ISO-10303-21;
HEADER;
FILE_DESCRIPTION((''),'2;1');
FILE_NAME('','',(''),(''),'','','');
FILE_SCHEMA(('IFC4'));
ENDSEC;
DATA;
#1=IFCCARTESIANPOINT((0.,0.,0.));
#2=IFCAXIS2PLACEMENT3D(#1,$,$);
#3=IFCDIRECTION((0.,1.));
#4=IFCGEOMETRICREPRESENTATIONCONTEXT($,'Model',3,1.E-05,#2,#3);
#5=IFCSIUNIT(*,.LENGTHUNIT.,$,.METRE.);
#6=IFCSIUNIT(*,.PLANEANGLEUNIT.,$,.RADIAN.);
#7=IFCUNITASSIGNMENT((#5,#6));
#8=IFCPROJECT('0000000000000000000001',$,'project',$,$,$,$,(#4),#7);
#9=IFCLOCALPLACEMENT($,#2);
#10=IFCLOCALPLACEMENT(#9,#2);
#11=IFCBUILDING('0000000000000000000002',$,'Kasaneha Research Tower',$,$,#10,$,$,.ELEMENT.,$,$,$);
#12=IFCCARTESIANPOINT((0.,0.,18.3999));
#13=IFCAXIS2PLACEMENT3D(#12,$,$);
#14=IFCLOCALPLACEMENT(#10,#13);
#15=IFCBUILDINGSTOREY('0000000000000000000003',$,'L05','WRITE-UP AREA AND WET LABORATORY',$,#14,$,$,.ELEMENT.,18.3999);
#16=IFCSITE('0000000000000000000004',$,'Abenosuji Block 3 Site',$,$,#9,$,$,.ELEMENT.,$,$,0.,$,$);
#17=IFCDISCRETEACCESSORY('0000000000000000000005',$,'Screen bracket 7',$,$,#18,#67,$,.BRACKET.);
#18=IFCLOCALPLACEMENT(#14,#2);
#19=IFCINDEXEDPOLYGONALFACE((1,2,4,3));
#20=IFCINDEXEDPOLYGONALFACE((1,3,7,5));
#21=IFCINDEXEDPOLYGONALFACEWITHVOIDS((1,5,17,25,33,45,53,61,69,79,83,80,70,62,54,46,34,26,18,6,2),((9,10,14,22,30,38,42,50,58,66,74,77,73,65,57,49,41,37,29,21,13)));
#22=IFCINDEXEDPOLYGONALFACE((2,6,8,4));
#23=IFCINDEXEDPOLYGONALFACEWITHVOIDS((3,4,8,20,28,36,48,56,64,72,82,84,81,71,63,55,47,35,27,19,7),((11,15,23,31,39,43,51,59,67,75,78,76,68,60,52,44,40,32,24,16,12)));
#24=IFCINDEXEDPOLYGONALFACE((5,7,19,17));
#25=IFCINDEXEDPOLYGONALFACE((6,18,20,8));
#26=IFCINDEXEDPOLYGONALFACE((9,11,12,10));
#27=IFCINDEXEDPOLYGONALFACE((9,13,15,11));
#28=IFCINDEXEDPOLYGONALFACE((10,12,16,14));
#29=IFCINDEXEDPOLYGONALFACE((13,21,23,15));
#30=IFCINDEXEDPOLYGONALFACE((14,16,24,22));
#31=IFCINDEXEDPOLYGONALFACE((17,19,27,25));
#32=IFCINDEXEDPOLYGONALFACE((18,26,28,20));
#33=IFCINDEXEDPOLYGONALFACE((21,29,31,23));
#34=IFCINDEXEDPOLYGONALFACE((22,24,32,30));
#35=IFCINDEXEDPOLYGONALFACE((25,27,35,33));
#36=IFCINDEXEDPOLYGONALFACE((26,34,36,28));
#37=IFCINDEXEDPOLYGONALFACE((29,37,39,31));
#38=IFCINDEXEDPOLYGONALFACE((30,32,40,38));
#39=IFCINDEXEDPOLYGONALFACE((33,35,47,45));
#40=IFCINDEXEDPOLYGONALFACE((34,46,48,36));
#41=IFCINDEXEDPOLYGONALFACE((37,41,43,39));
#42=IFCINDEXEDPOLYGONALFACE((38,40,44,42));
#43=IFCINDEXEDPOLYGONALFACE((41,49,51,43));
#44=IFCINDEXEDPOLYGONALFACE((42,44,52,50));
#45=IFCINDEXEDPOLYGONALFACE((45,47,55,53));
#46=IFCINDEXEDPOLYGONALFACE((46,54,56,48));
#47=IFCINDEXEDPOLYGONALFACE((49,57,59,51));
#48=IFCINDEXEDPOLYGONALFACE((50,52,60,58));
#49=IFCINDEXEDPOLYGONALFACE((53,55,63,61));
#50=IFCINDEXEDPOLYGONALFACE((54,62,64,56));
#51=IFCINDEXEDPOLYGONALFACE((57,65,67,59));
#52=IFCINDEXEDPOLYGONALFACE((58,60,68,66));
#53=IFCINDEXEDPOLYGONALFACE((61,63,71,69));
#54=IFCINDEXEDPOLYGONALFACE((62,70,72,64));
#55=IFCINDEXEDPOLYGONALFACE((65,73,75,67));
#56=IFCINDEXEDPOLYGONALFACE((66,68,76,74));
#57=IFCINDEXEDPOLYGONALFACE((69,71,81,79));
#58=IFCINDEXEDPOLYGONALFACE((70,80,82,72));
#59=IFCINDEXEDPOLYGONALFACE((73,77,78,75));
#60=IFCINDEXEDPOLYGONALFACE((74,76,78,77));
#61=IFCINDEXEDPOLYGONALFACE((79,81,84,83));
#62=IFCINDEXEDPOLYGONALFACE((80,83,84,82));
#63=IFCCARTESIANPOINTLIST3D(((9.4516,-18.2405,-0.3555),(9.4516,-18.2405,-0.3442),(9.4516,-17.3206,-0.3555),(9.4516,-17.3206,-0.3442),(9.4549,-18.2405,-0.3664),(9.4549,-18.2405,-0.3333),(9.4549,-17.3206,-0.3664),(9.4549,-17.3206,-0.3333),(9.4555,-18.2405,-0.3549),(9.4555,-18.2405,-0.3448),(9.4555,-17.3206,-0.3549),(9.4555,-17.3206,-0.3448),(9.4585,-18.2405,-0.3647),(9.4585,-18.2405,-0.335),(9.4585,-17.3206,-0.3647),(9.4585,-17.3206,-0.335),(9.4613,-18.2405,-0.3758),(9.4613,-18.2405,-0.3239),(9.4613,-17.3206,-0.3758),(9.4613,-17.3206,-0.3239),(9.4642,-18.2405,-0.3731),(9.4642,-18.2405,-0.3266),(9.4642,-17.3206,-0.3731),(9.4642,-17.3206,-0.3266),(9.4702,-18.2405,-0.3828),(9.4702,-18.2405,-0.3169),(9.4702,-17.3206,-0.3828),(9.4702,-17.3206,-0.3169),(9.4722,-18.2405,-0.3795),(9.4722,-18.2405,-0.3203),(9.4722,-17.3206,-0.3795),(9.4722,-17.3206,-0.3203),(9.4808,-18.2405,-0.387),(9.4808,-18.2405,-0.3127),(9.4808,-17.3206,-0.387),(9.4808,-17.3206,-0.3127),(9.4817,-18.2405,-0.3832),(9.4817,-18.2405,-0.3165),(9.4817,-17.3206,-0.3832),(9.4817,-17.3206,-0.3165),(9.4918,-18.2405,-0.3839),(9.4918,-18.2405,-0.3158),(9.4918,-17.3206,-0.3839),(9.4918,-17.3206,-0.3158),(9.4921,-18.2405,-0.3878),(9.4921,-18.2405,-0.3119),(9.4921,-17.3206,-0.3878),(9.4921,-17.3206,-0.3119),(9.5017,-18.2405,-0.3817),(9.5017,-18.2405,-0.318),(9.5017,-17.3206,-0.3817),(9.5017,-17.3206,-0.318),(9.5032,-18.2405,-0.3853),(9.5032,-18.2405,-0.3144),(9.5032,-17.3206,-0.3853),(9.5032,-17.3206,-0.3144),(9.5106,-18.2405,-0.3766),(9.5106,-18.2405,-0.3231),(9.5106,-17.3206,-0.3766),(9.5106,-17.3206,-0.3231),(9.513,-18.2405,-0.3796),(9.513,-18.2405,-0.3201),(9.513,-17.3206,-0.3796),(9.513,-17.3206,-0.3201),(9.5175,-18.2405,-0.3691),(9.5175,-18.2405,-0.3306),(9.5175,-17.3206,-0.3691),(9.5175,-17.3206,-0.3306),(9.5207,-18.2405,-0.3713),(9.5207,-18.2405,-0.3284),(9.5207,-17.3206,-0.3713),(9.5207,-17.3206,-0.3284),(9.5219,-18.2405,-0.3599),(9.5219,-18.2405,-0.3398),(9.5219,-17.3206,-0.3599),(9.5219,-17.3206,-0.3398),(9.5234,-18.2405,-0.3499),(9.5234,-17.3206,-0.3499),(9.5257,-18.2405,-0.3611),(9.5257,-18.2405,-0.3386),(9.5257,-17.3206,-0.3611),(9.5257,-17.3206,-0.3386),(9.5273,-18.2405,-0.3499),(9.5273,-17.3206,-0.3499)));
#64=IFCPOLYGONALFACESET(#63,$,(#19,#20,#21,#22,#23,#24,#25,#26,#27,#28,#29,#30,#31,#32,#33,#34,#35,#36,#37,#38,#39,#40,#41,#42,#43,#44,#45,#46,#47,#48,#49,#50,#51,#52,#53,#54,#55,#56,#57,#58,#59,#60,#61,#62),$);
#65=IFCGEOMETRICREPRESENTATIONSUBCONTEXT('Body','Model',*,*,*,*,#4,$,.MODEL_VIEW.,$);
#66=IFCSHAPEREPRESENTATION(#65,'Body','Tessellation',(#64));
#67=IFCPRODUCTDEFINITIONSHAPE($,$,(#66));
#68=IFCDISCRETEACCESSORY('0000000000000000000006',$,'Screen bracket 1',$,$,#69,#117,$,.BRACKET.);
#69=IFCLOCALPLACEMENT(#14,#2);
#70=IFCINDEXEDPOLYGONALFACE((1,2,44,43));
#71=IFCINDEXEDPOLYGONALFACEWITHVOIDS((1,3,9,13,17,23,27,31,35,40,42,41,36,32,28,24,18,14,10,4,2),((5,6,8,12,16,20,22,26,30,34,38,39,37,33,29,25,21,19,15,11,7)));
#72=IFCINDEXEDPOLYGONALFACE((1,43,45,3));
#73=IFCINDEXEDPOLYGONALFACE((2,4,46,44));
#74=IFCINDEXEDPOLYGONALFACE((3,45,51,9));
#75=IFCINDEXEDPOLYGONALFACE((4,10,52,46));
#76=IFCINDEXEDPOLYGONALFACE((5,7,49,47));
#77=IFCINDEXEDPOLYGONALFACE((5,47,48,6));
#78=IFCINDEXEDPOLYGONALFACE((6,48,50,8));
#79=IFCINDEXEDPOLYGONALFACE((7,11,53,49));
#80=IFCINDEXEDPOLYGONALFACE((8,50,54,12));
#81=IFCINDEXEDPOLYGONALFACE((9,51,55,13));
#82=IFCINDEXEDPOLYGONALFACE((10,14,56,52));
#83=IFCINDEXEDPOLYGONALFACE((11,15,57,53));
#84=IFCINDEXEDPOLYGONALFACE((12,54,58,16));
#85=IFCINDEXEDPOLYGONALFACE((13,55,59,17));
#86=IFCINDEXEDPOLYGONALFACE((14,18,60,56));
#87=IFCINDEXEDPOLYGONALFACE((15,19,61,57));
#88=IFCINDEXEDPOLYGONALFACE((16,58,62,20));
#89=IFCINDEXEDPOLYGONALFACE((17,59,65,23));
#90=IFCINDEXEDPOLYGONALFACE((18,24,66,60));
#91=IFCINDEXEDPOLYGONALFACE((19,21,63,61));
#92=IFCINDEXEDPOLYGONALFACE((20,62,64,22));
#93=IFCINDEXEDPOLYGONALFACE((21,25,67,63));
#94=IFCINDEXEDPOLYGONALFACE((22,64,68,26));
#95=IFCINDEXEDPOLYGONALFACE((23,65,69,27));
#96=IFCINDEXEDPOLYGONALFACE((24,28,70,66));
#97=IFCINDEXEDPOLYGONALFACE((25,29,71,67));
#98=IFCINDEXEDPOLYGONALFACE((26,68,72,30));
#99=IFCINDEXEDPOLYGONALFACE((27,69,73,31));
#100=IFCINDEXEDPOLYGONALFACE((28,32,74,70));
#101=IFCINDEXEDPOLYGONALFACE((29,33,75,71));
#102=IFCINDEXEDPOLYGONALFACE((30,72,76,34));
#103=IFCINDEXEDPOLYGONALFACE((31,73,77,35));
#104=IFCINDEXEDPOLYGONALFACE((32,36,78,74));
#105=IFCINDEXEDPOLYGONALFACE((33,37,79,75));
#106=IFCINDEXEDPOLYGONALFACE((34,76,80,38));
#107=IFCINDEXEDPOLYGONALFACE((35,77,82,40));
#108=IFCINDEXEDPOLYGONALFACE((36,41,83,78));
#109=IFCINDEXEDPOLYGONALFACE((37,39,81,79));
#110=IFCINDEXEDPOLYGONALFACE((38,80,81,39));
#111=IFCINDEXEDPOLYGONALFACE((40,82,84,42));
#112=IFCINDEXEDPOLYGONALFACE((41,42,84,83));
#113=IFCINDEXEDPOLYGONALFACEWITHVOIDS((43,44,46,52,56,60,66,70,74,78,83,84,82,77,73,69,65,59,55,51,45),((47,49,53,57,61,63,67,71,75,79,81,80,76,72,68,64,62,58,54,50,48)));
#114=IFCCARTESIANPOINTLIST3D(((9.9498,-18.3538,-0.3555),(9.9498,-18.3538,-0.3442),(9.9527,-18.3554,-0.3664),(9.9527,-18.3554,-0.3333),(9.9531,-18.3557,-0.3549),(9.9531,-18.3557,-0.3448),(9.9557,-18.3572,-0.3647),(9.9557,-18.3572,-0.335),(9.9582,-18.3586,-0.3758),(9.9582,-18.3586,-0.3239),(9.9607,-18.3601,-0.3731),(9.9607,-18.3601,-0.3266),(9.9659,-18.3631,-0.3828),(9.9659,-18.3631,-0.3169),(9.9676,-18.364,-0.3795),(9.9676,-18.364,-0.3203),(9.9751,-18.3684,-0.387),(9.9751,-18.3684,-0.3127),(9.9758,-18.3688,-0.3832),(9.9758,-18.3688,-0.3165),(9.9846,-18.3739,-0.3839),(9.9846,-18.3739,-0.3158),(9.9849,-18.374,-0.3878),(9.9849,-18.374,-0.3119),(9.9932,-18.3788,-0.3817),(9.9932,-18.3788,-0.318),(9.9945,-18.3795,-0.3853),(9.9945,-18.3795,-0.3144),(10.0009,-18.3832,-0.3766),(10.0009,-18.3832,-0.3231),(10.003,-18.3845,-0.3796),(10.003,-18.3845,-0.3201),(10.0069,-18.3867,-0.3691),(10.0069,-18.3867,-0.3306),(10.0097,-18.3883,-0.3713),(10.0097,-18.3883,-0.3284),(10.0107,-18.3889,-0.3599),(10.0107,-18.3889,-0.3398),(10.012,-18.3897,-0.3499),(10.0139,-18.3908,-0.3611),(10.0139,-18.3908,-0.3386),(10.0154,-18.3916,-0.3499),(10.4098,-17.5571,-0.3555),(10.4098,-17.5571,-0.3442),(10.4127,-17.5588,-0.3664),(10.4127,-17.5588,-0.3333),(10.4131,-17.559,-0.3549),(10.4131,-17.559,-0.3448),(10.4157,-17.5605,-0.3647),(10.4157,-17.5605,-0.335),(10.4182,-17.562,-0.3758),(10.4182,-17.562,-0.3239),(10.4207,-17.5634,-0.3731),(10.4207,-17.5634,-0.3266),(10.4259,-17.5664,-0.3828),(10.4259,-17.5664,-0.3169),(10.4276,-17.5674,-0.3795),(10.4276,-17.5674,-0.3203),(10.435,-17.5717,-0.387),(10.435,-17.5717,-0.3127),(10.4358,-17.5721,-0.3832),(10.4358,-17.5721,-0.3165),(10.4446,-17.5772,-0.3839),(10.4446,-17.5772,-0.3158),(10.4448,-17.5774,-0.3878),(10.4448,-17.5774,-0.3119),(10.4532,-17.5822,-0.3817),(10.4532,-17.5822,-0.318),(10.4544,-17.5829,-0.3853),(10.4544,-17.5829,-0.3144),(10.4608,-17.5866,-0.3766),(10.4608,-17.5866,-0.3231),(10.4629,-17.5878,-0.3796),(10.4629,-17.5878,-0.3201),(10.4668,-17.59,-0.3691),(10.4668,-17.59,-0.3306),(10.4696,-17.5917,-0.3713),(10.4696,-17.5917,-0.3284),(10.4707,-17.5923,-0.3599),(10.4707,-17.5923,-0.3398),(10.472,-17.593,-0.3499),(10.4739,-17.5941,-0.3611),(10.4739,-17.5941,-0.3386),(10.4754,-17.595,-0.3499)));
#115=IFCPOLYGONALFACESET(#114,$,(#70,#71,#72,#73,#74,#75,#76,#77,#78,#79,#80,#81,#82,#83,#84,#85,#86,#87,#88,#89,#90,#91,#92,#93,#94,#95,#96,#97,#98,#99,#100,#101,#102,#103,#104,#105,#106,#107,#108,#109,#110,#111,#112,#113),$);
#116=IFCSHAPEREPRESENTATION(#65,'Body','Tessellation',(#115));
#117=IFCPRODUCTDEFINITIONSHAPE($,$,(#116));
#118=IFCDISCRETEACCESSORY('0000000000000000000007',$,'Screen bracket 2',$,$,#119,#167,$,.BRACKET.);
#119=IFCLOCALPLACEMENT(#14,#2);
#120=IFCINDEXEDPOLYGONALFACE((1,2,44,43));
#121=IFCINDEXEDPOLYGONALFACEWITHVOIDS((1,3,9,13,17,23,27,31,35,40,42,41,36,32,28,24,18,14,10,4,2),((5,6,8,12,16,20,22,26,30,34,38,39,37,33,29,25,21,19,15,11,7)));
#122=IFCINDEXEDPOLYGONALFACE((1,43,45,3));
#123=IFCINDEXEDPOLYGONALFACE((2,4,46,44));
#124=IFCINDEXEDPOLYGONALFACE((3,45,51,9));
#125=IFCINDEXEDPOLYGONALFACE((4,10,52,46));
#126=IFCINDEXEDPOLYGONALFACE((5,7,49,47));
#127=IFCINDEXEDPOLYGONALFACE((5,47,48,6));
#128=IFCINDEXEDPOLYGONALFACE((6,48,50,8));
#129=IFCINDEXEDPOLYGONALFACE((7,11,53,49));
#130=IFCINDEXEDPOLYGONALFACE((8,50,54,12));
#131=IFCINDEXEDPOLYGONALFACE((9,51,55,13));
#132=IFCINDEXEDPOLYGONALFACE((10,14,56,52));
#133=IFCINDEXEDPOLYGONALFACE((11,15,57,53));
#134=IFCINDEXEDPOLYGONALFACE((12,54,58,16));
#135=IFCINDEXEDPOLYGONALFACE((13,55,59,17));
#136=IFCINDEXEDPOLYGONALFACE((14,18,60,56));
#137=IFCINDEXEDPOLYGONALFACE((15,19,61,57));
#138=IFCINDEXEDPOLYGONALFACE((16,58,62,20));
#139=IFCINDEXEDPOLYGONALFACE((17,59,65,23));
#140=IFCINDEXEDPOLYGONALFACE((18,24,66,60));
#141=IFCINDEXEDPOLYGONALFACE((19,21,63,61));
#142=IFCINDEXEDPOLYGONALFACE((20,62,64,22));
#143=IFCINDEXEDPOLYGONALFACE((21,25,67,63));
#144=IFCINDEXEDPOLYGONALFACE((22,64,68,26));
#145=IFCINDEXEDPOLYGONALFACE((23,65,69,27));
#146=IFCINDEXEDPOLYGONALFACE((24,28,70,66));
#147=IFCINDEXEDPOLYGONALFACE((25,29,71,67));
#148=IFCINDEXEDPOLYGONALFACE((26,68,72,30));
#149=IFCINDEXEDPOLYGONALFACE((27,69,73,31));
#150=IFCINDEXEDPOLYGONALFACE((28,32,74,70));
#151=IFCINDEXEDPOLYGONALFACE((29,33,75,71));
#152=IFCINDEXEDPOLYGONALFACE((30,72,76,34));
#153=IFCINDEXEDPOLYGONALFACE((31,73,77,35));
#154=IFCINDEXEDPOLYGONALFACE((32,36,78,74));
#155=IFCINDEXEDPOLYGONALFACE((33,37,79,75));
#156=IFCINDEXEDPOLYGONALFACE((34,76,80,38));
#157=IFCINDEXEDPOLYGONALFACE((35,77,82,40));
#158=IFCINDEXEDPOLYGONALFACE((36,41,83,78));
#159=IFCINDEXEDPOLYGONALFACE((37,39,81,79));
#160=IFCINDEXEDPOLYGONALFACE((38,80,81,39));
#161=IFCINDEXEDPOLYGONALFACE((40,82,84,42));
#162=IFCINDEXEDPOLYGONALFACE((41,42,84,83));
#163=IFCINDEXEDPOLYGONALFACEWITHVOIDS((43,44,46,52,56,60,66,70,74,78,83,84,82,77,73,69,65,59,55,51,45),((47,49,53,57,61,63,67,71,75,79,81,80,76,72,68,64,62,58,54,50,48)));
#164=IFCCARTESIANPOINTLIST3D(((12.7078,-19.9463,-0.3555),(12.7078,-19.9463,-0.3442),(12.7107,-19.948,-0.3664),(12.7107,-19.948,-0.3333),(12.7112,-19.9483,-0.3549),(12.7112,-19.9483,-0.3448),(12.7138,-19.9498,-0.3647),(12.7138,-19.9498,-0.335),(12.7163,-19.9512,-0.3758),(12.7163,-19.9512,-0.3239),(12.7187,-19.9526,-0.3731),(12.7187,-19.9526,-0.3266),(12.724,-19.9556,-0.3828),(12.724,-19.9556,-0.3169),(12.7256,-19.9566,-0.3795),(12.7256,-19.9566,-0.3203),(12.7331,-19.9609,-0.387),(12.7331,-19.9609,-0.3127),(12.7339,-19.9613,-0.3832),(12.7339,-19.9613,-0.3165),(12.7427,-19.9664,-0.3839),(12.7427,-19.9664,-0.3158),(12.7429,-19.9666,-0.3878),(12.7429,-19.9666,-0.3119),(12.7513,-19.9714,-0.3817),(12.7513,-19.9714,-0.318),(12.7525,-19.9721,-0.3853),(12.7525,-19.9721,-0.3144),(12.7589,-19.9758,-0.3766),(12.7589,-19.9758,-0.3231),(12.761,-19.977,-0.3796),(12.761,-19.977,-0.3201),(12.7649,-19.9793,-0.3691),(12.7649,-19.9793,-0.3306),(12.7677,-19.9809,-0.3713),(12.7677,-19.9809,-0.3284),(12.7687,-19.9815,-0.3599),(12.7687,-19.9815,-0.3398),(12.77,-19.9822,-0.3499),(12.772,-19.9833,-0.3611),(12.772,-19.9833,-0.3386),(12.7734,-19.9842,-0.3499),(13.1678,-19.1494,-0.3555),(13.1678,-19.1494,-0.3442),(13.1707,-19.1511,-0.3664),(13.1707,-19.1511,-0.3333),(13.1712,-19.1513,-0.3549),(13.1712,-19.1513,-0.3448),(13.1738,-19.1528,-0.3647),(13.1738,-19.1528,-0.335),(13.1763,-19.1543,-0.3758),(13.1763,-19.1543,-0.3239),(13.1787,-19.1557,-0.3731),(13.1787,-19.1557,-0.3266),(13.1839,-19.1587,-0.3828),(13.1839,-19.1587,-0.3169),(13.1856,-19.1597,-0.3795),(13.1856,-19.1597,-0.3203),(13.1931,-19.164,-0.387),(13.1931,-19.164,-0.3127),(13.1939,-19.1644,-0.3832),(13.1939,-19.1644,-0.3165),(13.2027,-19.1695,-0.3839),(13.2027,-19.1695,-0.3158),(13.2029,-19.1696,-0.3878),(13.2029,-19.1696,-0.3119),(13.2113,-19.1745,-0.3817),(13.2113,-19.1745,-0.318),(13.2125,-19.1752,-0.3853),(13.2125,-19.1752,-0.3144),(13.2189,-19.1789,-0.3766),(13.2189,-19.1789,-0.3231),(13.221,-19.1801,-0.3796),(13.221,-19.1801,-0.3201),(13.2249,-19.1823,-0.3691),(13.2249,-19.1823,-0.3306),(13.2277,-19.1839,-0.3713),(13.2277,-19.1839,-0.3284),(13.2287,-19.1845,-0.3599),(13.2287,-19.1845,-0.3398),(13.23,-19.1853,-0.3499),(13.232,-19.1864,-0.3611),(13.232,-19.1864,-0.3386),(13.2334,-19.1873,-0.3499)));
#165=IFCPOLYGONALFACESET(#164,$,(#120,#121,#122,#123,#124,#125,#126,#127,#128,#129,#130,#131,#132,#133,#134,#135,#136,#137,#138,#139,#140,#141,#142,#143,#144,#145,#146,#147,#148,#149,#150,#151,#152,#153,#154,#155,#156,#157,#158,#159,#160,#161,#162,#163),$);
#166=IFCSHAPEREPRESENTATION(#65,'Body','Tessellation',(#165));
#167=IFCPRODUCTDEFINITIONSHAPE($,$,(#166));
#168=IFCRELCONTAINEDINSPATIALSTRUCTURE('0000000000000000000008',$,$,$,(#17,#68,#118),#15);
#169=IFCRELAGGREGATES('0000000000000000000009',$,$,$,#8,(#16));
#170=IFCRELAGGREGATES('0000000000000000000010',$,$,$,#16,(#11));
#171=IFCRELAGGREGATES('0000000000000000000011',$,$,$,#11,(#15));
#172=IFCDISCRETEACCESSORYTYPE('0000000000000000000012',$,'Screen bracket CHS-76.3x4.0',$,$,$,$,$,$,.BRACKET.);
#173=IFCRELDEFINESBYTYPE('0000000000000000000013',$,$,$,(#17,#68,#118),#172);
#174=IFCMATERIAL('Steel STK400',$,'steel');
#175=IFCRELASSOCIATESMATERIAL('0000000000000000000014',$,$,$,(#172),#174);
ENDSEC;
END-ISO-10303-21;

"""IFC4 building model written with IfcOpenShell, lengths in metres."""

from ifc_helpers import new_model, si_unit, direction, frame, origin, origin_2d, place, context, subcontext, project, spatial, hollow_circle, extrude, material, material_profile, profile_set, type_object, element, save


model = new_model("IFC4")

# Units and contexts
model_context = context("Model", 3, precision=1e-05, world=origin(), true_north=direction((0.0, 1.0)))
body_context = subcontext(model_context, "Body", "Model", "MODEL_VIEW")
ifc_project = project(units=[si_unit("LENGTHUNIT", "METRE"), si_unit("PLANEANGLEUNIT", "RADIAN")], contexts=[model_context])

# Site, building, storey
site_placement = place(None, origin())
site = spatial("IfcSite", under=ifc_project, at=site_placement, Name="Abenosuji Block 3 Site", CompositionType="ELEMENT", RefElevation=0.0)
building_placement = place(site_placement, origin())
building = spatial("IfcBuilding", under=site, at=building_placement, Name="Kasaneha Research Tower", CompositionType="ELEMENT")
storey_placement = place(building_placement, frame((0.0, 0.0, 18.3999)))
storey = spatial("IfcBuildingStorey", under=building, at=storey_placement, Name="L05", Description="WRITE-UP AREA AND WET LABORATORY", CompositionType="ELEMENT", Elevation=18.3999)

# Discrete accessories
ifc_material_1 = material(Name="Steel STK400", Category="steel")
ifc_material_profile_1 = material_profile(ifc_material_1, hollow_circle(Radius=0.0381, WallThickness=0.0039, at=origin_2d()), Name="CHS-76.3x4.0")
ifc_profile_set_1 = profile_set([ifc_material_profile_1], Name="Steel STK400")
discrete_accessory_type = type_object("IfcDiscreteAccessoryType", Name="Screen bracket CHS-76.3x4.0", PredefinedType="BRACKET", material=ifc_profile_set_1)
for number, where, z_axis, x_axis, name in (
    (1, (9.4893, -17.3206, -0.3499), (0.0, -1.0, 0.0), (1.0, 0.0, 0.0), "Screen bracket 7"),
    (2, (10.4424, -17.5759, -0.3499), (-0.500021, -0.866013, 0.0), (0.866013, -0.500021, 0.0), "Screen bracket 1"),
):
    element("IfcDiscreteAccessory", number, at=place(storey_placement, frame(where, z_axis=z_axis, x_axis=x_axis)), inside=storey, type_object=discrete_accessory_type, Name=name, PredefinedType="BRACKET", context=body_context, shape_type="SweptSolid", body=[
        extrude(hollow_circle(Radius=0.0381, WallThickness=0.0039, at=origin_2d()), origin(), (0.0, 0.0, 1.0), 0.9199),
    ])
discrete_accessory_1_placement = place(storey_placement, frame((13.2004, -19.1682, -0.3499), z_axis=(-0.499906, -0.86608, 0.0), x_axis=(0.86608, -0.499906, 0.0)))
element("IfcDiscreteAccessory", 3, at=discrete_accessory_1_placement, inside=storey, type_object=discrete_accessory_type, Name="Screen bracket 2", PredefinedType="BRACKET", context=body_context, shape_type="SweptSolid", body=[
    extrude(hollow_circle(Radius=0.0381, WallThickness=0.0039, at=origin_2d()), origin(), (0.0, 0.0, 1.0), 0.9202),
])

save(model, "model.ifc")
